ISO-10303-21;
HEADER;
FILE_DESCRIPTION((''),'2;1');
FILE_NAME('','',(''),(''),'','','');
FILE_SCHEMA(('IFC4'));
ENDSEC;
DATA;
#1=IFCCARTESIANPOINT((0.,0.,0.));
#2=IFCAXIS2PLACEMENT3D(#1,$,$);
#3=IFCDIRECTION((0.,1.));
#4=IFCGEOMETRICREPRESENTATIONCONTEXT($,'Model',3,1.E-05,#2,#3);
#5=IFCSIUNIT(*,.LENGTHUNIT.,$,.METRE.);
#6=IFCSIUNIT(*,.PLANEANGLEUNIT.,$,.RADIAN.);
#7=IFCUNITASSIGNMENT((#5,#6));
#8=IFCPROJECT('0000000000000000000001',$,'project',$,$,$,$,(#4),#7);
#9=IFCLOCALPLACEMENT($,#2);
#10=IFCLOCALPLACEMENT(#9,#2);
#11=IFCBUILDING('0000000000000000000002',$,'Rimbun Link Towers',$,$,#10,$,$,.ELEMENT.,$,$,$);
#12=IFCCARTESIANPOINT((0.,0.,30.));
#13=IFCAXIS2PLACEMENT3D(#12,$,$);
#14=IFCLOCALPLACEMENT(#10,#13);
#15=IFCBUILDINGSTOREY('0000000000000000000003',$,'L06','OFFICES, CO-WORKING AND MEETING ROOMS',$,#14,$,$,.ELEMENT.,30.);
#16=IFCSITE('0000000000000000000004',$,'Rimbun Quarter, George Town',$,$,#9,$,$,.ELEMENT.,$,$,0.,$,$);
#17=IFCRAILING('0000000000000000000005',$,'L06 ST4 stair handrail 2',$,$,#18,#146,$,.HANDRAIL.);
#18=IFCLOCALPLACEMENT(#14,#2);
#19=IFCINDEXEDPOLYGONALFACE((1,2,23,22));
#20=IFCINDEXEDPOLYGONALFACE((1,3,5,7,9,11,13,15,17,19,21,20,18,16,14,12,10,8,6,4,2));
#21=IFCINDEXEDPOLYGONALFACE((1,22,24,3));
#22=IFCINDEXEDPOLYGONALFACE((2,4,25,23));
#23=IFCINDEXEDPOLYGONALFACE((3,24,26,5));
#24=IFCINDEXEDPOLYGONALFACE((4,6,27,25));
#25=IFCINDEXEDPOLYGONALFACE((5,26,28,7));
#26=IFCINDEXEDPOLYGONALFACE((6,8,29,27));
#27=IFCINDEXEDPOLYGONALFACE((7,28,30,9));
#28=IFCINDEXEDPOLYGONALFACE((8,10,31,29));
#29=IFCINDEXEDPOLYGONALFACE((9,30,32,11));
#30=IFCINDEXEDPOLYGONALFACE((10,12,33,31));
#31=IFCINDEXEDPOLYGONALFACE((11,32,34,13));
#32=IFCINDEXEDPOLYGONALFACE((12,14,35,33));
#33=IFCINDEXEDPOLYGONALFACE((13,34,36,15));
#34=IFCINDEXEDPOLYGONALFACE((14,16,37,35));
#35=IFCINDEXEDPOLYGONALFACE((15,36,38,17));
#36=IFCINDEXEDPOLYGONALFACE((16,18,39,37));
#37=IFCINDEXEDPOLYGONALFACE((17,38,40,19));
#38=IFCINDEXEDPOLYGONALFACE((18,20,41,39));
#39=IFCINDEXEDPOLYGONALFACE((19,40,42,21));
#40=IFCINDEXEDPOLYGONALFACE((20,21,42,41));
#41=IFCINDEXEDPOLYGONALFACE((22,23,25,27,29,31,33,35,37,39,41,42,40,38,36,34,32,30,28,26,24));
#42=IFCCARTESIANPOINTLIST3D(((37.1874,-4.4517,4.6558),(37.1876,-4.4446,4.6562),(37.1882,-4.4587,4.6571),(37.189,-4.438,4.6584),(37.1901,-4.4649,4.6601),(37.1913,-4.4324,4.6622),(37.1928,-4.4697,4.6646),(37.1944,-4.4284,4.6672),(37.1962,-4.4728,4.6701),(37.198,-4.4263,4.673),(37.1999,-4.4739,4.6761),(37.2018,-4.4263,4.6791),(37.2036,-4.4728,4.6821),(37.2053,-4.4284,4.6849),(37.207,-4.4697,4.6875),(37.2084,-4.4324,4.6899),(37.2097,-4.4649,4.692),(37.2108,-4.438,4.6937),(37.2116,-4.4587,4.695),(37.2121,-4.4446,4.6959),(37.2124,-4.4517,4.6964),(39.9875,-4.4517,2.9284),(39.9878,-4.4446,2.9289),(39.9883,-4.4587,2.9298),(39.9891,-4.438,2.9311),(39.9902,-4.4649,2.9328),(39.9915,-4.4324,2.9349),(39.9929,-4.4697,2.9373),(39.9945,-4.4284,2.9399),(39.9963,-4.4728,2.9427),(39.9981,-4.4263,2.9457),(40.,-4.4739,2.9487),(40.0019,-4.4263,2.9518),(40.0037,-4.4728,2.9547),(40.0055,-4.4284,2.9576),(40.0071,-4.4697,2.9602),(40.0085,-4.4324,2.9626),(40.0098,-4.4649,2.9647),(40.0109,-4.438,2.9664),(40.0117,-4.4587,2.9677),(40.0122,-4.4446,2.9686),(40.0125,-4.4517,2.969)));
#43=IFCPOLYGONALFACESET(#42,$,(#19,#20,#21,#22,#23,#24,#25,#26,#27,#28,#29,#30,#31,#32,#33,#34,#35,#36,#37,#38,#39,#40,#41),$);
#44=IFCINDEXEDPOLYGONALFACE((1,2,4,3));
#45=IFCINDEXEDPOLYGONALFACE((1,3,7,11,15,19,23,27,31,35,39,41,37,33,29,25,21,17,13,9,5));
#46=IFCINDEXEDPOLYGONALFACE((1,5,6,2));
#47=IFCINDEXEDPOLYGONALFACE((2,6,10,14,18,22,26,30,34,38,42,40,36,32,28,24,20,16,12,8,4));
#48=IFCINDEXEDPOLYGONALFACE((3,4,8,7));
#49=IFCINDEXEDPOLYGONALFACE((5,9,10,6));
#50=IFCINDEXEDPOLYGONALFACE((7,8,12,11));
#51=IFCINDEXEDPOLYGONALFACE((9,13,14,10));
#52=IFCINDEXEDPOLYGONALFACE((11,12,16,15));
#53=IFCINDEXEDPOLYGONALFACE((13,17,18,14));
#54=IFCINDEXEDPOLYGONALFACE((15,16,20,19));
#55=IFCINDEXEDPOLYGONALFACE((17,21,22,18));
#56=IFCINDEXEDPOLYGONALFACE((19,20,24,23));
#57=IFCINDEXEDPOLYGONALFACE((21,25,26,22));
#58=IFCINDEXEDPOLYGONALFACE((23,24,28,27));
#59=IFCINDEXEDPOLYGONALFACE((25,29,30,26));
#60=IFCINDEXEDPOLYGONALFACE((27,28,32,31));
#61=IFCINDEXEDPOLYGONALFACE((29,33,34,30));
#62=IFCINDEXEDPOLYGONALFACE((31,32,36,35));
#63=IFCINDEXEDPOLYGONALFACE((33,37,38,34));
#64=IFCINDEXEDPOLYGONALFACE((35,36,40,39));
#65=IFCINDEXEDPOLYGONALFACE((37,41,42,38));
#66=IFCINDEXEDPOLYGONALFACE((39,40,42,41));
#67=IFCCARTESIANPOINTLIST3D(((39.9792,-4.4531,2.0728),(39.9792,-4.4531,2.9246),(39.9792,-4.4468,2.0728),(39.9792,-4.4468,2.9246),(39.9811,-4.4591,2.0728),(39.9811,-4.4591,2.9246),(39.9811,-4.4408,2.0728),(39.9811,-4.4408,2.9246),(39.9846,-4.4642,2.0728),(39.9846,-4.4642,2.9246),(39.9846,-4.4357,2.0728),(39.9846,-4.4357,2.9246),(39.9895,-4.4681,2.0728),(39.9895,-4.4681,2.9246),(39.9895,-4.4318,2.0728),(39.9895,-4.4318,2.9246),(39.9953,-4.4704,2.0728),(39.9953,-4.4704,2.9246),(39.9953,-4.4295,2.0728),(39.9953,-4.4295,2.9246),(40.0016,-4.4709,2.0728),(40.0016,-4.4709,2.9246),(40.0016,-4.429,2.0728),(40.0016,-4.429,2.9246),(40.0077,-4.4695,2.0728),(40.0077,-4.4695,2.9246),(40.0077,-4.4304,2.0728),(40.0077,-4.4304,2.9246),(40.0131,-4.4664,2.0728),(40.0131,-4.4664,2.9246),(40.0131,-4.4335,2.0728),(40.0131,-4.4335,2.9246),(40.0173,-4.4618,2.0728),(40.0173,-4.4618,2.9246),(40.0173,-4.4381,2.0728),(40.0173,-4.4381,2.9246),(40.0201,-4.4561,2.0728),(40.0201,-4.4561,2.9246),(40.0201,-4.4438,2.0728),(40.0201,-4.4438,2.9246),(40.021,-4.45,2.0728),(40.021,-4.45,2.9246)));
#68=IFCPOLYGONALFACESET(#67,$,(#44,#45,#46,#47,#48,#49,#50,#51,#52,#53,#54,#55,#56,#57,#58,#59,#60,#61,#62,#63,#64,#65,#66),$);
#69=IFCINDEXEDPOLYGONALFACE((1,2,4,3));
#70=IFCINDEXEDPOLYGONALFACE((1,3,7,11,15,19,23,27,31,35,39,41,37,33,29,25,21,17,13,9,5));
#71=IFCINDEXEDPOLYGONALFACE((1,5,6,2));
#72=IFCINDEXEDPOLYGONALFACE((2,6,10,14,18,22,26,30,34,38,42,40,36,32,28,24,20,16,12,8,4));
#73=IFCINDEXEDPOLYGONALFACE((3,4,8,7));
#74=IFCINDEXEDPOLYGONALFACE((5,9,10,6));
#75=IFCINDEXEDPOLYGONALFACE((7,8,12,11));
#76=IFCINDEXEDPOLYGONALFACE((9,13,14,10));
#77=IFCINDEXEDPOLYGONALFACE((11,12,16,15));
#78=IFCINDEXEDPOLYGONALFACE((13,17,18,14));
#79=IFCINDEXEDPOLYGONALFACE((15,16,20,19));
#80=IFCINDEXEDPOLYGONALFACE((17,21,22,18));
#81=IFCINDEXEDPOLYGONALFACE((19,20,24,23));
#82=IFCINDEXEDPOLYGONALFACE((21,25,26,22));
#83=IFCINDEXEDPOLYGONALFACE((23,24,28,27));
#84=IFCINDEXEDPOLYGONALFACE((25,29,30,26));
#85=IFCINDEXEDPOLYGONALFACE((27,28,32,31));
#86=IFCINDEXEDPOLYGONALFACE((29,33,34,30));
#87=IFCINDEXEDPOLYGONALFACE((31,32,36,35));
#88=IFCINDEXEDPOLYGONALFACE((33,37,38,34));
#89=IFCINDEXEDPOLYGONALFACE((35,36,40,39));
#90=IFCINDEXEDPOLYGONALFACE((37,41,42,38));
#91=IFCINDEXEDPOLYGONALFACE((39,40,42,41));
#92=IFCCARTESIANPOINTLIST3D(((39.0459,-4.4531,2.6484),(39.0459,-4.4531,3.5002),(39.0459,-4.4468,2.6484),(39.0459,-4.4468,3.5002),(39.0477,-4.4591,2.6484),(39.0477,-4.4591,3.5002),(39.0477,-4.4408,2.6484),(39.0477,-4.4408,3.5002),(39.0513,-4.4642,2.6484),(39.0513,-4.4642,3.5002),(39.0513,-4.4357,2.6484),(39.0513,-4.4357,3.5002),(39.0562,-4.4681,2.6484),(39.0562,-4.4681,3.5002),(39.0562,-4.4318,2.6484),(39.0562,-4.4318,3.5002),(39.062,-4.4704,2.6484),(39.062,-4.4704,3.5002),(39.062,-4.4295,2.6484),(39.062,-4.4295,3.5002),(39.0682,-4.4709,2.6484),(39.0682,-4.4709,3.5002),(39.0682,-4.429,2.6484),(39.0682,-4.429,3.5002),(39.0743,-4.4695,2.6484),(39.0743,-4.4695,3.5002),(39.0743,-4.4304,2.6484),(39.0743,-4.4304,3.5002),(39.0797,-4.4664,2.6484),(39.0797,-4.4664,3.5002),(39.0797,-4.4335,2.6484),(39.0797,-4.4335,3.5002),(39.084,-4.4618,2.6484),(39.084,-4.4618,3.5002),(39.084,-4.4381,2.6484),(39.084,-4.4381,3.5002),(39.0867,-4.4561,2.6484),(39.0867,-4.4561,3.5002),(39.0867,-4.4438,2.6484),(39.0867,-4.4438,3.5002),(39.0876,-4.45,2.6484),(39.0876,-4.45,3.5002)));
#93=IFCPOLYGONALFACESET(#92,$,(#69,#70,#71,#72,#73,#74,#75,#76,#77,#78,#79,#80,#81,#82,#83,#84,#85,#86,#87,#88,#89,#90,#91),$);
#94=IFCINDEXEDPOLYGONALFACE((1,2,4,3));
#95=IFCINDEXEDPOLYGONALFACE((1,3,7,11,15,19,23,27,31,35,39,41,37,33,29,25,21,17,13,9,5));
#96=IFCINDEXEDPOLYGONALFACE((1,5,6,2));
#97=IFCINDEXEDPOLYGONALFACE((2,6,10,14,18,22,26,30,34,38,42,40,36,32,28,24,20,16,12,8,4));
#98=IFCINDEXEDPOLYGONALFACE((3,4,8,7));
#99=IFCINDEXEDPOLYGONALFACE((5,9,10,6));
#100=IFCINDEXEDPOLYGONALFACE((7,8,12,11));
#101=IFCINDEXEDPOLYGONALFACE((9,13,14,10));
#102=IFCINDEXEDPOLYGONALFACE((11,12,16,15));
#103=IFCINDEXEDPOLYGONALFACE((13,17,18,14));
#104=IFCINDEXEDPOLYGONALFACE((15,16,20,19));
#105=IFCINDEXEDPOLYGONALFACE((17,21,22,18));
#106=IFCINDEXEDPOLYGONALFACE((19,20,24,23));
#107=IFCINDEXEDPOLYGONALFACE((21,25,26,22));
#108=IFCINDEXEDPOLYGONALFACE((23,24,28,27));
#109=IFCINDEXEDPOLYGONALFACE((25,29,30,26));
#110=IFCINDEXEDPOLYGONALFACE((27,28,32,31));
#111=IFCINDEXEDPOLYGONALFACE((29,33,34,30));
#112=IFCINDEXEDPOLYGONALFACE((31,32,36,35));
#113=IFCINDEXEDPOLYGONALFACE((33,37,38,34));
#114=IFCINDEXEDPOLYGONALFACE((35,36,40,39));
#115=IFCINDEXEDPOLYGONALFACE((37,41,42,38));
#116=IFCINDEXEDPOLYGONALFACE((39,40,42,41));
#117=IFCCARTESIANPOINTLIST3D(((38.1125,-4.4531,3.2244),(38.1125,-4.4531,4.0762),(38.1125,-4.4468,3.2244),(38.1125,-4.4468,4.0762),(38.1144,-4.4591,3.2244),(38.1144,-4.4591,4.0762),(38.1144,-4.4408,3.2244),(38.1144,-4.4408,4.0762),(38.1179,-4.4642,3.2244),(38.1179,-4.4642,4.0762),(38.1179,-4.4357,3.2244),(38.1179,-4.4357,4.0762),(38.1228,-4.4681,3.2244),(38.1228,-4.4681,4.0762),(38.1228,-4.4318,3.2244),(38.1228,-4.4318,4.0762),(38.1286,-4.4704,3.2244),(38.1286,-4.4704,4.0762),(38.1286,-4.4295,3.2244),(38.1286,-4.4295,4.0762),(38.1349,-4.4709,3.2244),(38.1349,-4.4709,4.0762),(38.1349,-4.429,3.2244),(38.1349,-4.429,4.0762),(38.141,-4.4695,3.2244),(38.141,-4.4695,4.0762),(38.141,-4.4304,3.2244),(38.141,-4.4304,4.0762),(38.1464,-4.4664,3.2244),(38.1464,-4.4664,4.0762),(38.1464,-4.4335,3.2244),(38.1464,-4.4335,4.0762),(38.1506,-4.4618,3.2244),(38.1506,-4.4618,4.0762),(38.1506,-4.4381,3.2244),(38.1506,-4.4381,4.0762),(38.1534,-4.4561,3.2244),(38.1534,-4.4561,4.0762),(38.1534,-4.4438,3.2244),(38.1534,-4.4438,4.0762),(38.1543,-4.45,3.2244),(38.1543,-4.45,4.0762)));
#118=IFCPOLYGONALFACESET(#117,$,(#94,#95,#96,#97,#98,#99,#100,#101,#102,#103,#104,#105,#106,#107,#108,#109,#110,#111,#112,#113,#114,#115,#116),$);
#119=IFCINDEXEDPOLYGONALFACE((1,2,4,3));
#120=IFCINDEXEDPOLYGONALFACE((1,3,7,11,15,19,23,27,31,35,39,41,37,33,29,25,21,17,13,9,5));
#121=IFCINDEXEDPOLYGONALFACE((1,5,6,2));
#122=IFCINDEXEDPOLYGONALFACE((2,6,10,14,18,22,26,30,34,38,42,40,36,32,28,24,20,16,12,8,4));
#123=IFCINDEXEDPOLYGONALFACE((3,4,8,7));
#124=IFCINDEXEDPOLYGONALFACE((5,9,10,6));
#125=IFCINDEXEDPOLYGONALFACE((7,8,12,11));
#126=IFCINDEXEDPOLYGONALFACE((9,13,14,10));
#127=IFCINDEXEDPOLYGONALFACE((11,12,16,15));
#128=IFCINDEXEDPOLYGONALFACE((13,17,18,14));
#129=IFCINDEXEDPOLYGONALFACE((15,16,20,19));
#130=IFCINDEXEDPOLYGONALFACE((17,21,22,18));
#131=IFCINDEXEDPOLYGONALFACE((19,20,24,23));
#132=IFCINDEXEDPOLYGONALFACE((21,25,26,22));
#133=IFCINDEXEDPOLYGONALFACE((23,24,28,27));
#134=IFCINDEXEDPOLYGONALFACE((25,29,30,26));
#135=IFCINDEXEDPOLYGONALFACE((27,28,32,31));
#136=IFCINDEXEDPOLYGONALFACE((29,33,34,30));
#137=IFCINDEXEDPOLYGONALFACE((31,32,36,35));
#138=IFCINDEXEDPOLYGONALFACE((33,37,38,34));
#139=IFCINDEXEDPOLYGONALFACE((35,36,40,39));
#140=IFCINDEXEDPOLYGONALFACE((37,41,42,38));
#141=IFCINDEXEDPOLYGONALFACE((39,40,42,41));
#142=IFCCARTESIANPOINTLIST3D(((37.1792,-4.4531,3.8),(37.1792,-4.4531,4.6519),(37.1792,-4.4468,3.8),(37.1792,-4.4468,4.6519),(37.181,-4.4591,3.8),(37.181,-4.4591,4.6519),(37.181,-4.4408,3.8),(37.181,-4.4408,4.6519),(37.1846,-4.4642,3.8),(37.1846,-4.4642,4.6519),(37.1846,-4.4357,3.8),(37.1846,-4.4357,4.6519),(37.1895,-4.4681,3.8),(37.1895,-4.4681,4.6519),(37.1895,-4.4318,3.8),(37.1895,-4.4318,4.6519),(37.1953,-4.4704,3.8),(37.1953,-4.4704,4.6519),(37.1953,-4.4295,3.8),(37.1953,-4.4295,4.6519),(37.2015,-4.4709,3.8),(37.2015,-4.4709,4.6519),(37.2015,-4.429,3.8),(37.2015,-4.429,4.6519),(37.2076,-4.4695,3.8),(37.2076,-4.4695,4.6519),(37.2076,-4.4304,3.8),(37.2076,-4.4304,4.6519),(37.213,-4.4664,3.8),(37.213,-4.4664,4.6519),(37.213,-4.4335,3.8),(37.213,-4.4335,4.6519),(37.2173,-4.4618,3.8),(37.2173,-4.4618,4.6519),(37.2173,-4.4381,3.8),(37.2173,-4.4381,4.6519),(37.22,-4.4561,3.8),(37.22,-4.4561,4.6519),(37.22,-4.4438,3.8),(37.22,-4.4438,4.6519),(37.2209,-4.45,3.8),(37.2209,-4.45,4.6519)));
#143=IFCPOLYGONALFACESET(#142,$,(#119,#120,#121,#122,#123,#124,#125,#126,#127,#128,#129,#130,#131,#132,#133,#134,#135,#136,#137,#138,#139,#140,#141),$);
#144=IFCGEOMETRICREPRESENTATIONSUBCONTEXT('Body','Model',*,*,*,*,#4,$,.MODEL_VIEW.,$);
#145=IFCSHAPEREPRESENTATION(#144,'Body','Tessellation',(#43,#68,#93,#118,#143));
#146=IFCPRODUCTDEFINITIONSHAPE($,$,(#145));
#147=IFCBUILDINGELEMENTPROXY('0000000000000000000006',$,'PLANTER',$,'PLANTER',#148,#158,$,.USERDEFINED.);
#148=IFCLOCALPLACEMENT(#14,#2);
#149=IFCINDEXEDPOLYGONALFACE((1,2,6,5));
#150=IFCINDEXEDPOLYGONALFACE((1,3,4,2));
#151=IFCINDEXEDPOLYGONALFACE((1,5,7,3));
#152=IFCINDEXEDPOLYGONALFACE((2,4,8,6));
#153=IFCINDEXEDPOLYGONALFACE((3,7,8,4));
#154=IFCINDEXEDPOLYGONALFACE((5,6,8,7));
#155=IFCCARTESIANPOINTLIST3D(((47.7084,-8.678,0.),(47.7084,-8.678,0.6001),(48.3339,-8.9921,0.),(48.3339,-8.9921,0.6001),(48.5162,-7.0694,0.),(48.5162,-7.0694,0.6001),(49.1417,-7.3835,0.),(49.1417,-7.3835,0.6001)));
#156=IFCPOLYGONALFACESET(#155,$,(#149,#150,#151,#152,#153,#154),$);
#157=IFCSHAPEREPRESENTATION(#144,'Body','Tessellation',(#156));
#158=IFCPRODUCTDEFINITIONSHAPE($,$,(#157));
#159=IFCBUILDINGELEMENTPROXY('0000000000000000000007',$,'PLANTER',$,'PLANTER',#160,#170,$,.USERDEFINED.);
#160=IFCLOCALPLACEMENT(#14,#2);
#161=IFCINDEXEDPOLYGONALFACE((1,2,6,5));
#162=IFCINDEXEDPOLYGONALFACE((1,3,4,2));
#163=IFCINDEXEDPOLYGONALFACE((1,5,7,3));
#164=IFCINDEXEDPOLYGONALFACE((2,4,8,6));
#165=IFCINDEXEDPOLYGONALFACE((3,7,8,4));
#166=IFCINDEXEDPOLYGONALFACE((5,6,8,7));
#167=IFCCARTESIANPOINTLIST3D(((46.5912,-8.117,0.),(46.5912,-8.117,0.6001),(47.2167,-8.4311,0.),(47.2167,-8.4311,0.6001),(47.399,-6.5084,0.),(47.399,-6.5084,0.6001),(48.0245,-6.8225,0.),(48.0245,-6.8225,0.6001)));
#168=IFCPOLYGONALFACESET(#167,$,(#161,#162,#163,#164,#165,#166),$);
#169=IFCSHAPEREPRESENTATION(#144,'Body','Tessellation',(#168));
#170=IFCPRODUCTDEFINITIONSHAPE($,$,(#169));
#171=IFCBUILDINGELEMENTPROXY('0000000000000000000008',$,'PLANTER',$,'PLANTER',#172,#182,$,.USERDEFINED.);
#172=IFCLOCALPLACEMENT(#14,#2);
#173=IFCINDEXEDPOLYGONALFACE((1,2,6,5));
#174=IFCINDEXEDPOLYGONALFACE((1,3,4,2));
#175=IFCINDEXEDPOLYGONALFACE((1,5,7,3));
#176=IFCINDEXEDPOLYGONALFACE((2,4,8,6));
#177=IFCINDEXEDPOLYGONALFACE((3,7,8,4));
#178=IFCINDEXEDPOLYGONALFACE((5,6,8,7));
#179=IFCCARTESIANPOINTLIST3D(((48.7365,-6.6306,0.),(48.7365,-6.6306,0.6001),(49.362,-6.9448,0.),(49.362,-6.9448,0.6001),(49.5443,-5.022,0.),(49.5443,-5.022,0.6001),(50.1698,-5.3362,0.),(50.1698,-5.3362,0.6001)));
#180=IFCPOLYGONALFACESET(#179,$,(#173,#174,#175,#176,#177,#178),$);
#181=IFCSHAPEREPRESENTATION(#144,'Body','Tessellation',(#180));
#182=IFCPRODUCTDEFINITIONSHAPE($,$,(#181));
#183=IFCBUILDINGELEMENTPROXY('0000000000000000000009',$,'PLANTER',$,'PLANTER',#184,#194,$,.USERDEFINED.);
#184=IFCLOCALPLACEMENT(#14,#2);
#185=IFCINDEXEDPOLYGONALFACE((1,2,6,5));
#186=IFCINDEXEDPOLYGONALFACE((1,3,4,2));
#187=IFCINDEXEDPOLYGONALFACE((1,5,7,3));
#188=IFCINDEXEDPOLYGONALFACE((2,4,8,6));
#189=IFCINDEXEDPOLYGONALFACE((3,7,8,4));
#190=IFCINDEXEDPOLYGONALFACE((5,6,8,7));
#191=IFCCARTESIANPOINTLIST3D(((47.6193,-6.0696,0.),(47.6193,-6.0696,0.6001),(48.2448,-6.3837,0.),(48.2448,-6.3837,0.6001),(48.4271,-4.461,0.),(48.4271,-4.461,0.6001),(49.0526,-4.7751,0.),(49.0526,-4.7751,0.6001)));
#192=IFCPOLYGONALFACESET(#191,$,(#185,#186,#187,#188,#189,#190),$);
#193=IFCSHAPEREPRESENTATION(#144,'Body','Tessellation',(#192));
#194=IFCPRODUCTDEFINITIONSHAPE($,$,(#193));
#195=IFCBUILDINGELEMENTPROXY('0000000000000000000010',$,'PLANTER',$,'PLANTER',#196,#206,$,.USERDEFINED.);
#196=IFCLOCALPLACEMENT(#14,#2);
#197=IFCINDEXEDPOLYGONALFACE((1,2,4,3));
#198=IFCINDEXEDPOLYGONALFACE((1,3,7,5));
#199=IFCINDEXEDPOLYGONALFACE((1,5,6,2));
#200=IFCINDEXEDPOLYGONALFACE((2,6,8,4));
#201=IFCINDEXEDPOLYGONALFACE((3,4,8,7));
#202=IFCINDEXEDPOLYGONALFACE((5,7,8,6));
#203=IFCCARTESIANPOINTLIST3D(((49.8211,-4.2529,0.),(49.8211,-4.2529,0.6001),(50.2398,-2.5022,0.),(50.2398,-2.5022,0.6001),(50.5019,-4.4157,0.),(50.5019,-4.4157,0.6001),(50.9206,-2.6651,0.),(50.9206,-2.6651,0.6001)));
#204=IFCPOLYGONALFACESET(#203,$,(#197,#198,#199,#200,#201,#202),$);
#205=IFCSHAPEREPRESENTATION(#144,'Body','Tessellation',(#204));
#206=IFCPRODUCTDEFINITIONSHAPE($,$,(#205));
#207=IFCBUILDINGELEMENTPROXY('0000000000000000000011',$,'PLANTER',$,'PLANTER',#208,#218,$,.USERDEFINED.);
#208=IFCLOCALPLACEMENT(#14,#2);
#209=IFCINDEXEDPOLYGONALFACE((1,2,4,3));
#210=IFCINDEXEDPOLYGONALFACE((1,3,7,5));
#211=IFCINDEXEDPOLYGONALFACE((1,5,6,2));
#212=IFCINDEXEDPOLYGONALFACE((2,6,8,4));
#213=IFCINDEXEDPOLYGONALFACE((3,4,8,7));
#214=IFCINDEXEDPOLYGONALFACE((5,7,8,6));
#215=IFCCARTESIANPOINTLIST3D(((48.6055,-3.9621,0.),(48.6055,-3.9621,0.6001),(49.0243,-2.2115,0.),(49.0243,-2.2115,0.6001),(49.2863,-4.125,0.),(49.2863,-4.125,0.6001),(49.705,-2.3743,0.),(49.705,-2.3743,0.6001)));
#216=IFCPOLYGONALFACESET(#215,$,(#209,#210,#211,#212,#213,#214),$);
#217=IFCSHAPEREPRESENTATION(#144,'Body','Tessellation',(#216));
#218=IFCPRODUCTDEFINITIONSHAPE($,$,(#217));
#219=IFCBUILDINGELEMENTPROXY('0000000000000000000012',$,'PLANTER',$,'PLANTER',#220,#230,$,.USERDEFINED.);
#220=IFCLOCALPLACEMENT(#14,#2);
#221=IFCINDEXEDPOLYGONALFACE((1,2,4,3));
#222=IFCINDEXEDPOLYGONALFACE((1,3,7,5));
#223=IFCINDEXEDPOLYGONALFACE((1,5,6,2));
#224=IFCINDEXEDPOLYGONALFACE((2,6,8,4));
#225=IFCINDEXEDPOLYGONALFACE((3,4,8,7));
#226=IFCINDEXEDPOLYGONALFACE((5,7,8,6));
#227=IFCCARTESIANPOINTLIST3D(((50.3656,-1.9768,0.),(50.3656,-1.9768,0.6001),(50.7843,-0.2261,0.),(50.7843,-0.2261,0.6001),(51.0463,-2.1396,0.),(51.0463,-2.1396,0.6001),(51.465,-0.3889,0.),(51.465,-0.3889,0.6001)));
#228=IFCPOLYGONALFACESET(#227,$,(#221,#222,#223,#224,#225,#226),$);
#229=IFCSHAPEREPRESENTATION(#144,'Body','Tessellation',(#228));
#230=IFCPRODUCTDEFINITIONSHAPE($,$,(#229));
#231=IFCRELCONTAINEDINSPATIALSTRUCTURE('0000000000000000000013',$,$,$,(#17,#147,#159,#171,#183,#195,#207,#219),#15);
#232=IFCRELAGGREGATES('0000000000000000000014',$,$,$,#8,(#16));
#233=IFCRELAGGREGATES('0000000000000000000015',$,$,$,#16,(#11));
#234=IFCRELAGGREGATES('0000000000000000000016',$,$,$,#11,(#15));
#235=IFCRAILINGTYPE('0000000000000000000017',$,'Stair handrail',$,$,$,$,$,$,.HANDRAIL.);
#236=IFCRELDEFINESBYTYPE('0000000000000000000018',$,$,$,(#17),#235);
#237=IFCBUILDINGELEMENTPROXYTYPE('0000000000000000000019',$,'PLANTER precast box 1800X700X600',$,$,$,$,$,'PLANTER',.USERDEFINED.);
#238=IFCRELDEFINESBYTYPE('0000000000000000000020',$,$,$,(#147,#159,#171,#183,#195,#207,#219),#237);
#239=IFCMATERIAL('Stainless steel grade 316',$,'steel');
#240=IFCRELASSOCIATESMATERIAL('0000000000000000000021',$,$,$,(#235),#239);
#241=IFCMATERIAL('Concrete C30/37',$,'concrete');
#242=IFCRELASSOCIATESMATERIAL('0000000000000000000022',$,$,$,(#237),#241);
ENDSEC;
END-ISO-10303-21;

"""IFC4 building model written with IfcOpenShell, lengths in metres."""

from ifc_helpers import new_model, si_unit, direction, frame, origin, origin_2d, place, context, subcontext, project, spatial, rectangle, circle, extrude, material, type_object, element, save


model = new_model("IFC4")

# Units and contexts
model_context = context("Model", 3, precision=1e-05, world=origin(), true_north=direction((0.0, 1.0)))
body_context = subcontext(model_context, "Body", "Model", "MODEL_VIEW")
ifc_project = project(units=[si_unit("LENGTHUNIT", "METRE"), si_unit("PLANEANGLEUNIT", "RADIAN")], contexts=[model_context])

# Site, building, storey
site_placement = place(None, origin())
site = spatial("IfcSite", under=ifc_project, at=site_placement, Name="Rimbun Quarter, George Town", CompositionType="ELEMENT", RefElevation=0.0)
building_placement = place(site_placement, origin())
building = spatial("IfcBuilding", under=site, at=building_placement, Name="Rimbun Link Towers", CompositionType="ELEMENT")
storey_placement = place(building_placement, frame((0.0, 0.0, 30.0)))
storey = spatial("IfcBuildingStorey", under=building, at=storey_placement, Name="L06", Description="OFFICES, CO-WORKING AND MEETING ROOMS", CompositionType="ELEMENT", Elevation=30.0)

# Railing
ifc_material_1 = material(Name="Stainless steel grade 316", Category="steel")
railing_type_1 = type_object("IfcRailingType", Name="Stair handrail", PredefinedType="HANDRAIL", material=ifc_material_1)
railing_1_placement = place(storey_placement, frame((40.0, -4.45, 2.0728)))
element("IfcRailing", 1, at=railing_1_placement, inside=storey, type_object=railing_type_1, Name="L06 ST4 stair handrail 2", PredefinedType="HANDRAIL", context=body_context, shape_type="SweptSolid", body=[
    extrude(circle(Radius=0.0239, at=origin_2d()), frame((0.0, 0.0, 0.876), z_axis=(-0.85109, 0.0, 0.52502), x_axis=(0.0, -1.0, 0.0)), (0.0, 0.0, 1.0), 3.29),
    extrude(circle(Radius=0.021, at=origin_2d()), origin(), (0.0, 0.0, 1.0), 0.8518),
    extrude(circle(Radius=0.021, at=origin_2d()), frame((-0.9333, 0.0, 0.5757)), (0.0, 0.0, 1.0), 0.8518),
    extrude(circle(Radius=0.021, at=origin_2d()), frame((-1.8667, 0.0, 1.1516)), (0.0, 0.0, 1.0), 0.8518),
    extrude(circle(Radius=0.021, at=origin_2d()), frame((-2.8, 0.0, 1.7273)), (0.0, 0.0, 1.0), 0.8518),
])

# Building element proxies
ifc_material_2 = material(Name="Concrete C30/37", Category="concrete")
building_element_proxy_type = type_object("IfcBuildingElementProxyType", Name="PLANTER precast box 1800X700X600", ElementType="PLANTER", PredefinedType="USERDEFINED", material=ifc_material_2)
for number, where, z_axis, x_axis, name in (
    (2, (48.425, -8.0308, 0.0), (0.0, 0.0, 1.0), (0.448773, 0.893646, 0.0), "PLANTER"),
    (3, (47.3079, -7.4697, 0.0), (0.0, 0.0, 1.0), (0.448773, 0.893646, 0.0), "PLANTER"),
    (4, (49.4531, -5.9834, 0.0), (0.0, 0.0, 1.0), (0.448773, 0.893646, 0.0), "PLANTER"),
    (5, (48.3359, -5.4224, 0.0), (0.0, 0.0, 1.0), (0.448773, 0.893646, 0.0), "PLANTER"),
    (6, (50.3708, -3.459, 0.0), (0.0, 0.0, 1.0), (0.232613, 0.972569, 0.0), "PLANTER"),
    (7, (49.1553, -3.1682, 0.0), (0.0, 0.0, 1.0), (0.232613, 0.972569, 0.0), "PLANTER"),
    (8, (50.9153, -1.1829, 0.0), (0.0, 0.0, 1.0), (0.232613, 0.972569, 0.0), "PLANTER"),
):
    element("IfcBuildingElementProxy", number, at=place(storey_placement, frame(where, z_axis=z_axis, x_axis=x_axis)), inside=storey, type_object=building_element_proxy_type, Name=name, ObjectType="PLANTER", PredefinedType="USERDEFINED", context=body_context, shape_type="SweptSolid", body=[
        extrude(rectangle(XDim=1.8, YDim=0.7, at=origin_2d()), origin(), (0.0, 0.0, 1.0), 0.6001),
    ])

save(model, "model.ifc")
